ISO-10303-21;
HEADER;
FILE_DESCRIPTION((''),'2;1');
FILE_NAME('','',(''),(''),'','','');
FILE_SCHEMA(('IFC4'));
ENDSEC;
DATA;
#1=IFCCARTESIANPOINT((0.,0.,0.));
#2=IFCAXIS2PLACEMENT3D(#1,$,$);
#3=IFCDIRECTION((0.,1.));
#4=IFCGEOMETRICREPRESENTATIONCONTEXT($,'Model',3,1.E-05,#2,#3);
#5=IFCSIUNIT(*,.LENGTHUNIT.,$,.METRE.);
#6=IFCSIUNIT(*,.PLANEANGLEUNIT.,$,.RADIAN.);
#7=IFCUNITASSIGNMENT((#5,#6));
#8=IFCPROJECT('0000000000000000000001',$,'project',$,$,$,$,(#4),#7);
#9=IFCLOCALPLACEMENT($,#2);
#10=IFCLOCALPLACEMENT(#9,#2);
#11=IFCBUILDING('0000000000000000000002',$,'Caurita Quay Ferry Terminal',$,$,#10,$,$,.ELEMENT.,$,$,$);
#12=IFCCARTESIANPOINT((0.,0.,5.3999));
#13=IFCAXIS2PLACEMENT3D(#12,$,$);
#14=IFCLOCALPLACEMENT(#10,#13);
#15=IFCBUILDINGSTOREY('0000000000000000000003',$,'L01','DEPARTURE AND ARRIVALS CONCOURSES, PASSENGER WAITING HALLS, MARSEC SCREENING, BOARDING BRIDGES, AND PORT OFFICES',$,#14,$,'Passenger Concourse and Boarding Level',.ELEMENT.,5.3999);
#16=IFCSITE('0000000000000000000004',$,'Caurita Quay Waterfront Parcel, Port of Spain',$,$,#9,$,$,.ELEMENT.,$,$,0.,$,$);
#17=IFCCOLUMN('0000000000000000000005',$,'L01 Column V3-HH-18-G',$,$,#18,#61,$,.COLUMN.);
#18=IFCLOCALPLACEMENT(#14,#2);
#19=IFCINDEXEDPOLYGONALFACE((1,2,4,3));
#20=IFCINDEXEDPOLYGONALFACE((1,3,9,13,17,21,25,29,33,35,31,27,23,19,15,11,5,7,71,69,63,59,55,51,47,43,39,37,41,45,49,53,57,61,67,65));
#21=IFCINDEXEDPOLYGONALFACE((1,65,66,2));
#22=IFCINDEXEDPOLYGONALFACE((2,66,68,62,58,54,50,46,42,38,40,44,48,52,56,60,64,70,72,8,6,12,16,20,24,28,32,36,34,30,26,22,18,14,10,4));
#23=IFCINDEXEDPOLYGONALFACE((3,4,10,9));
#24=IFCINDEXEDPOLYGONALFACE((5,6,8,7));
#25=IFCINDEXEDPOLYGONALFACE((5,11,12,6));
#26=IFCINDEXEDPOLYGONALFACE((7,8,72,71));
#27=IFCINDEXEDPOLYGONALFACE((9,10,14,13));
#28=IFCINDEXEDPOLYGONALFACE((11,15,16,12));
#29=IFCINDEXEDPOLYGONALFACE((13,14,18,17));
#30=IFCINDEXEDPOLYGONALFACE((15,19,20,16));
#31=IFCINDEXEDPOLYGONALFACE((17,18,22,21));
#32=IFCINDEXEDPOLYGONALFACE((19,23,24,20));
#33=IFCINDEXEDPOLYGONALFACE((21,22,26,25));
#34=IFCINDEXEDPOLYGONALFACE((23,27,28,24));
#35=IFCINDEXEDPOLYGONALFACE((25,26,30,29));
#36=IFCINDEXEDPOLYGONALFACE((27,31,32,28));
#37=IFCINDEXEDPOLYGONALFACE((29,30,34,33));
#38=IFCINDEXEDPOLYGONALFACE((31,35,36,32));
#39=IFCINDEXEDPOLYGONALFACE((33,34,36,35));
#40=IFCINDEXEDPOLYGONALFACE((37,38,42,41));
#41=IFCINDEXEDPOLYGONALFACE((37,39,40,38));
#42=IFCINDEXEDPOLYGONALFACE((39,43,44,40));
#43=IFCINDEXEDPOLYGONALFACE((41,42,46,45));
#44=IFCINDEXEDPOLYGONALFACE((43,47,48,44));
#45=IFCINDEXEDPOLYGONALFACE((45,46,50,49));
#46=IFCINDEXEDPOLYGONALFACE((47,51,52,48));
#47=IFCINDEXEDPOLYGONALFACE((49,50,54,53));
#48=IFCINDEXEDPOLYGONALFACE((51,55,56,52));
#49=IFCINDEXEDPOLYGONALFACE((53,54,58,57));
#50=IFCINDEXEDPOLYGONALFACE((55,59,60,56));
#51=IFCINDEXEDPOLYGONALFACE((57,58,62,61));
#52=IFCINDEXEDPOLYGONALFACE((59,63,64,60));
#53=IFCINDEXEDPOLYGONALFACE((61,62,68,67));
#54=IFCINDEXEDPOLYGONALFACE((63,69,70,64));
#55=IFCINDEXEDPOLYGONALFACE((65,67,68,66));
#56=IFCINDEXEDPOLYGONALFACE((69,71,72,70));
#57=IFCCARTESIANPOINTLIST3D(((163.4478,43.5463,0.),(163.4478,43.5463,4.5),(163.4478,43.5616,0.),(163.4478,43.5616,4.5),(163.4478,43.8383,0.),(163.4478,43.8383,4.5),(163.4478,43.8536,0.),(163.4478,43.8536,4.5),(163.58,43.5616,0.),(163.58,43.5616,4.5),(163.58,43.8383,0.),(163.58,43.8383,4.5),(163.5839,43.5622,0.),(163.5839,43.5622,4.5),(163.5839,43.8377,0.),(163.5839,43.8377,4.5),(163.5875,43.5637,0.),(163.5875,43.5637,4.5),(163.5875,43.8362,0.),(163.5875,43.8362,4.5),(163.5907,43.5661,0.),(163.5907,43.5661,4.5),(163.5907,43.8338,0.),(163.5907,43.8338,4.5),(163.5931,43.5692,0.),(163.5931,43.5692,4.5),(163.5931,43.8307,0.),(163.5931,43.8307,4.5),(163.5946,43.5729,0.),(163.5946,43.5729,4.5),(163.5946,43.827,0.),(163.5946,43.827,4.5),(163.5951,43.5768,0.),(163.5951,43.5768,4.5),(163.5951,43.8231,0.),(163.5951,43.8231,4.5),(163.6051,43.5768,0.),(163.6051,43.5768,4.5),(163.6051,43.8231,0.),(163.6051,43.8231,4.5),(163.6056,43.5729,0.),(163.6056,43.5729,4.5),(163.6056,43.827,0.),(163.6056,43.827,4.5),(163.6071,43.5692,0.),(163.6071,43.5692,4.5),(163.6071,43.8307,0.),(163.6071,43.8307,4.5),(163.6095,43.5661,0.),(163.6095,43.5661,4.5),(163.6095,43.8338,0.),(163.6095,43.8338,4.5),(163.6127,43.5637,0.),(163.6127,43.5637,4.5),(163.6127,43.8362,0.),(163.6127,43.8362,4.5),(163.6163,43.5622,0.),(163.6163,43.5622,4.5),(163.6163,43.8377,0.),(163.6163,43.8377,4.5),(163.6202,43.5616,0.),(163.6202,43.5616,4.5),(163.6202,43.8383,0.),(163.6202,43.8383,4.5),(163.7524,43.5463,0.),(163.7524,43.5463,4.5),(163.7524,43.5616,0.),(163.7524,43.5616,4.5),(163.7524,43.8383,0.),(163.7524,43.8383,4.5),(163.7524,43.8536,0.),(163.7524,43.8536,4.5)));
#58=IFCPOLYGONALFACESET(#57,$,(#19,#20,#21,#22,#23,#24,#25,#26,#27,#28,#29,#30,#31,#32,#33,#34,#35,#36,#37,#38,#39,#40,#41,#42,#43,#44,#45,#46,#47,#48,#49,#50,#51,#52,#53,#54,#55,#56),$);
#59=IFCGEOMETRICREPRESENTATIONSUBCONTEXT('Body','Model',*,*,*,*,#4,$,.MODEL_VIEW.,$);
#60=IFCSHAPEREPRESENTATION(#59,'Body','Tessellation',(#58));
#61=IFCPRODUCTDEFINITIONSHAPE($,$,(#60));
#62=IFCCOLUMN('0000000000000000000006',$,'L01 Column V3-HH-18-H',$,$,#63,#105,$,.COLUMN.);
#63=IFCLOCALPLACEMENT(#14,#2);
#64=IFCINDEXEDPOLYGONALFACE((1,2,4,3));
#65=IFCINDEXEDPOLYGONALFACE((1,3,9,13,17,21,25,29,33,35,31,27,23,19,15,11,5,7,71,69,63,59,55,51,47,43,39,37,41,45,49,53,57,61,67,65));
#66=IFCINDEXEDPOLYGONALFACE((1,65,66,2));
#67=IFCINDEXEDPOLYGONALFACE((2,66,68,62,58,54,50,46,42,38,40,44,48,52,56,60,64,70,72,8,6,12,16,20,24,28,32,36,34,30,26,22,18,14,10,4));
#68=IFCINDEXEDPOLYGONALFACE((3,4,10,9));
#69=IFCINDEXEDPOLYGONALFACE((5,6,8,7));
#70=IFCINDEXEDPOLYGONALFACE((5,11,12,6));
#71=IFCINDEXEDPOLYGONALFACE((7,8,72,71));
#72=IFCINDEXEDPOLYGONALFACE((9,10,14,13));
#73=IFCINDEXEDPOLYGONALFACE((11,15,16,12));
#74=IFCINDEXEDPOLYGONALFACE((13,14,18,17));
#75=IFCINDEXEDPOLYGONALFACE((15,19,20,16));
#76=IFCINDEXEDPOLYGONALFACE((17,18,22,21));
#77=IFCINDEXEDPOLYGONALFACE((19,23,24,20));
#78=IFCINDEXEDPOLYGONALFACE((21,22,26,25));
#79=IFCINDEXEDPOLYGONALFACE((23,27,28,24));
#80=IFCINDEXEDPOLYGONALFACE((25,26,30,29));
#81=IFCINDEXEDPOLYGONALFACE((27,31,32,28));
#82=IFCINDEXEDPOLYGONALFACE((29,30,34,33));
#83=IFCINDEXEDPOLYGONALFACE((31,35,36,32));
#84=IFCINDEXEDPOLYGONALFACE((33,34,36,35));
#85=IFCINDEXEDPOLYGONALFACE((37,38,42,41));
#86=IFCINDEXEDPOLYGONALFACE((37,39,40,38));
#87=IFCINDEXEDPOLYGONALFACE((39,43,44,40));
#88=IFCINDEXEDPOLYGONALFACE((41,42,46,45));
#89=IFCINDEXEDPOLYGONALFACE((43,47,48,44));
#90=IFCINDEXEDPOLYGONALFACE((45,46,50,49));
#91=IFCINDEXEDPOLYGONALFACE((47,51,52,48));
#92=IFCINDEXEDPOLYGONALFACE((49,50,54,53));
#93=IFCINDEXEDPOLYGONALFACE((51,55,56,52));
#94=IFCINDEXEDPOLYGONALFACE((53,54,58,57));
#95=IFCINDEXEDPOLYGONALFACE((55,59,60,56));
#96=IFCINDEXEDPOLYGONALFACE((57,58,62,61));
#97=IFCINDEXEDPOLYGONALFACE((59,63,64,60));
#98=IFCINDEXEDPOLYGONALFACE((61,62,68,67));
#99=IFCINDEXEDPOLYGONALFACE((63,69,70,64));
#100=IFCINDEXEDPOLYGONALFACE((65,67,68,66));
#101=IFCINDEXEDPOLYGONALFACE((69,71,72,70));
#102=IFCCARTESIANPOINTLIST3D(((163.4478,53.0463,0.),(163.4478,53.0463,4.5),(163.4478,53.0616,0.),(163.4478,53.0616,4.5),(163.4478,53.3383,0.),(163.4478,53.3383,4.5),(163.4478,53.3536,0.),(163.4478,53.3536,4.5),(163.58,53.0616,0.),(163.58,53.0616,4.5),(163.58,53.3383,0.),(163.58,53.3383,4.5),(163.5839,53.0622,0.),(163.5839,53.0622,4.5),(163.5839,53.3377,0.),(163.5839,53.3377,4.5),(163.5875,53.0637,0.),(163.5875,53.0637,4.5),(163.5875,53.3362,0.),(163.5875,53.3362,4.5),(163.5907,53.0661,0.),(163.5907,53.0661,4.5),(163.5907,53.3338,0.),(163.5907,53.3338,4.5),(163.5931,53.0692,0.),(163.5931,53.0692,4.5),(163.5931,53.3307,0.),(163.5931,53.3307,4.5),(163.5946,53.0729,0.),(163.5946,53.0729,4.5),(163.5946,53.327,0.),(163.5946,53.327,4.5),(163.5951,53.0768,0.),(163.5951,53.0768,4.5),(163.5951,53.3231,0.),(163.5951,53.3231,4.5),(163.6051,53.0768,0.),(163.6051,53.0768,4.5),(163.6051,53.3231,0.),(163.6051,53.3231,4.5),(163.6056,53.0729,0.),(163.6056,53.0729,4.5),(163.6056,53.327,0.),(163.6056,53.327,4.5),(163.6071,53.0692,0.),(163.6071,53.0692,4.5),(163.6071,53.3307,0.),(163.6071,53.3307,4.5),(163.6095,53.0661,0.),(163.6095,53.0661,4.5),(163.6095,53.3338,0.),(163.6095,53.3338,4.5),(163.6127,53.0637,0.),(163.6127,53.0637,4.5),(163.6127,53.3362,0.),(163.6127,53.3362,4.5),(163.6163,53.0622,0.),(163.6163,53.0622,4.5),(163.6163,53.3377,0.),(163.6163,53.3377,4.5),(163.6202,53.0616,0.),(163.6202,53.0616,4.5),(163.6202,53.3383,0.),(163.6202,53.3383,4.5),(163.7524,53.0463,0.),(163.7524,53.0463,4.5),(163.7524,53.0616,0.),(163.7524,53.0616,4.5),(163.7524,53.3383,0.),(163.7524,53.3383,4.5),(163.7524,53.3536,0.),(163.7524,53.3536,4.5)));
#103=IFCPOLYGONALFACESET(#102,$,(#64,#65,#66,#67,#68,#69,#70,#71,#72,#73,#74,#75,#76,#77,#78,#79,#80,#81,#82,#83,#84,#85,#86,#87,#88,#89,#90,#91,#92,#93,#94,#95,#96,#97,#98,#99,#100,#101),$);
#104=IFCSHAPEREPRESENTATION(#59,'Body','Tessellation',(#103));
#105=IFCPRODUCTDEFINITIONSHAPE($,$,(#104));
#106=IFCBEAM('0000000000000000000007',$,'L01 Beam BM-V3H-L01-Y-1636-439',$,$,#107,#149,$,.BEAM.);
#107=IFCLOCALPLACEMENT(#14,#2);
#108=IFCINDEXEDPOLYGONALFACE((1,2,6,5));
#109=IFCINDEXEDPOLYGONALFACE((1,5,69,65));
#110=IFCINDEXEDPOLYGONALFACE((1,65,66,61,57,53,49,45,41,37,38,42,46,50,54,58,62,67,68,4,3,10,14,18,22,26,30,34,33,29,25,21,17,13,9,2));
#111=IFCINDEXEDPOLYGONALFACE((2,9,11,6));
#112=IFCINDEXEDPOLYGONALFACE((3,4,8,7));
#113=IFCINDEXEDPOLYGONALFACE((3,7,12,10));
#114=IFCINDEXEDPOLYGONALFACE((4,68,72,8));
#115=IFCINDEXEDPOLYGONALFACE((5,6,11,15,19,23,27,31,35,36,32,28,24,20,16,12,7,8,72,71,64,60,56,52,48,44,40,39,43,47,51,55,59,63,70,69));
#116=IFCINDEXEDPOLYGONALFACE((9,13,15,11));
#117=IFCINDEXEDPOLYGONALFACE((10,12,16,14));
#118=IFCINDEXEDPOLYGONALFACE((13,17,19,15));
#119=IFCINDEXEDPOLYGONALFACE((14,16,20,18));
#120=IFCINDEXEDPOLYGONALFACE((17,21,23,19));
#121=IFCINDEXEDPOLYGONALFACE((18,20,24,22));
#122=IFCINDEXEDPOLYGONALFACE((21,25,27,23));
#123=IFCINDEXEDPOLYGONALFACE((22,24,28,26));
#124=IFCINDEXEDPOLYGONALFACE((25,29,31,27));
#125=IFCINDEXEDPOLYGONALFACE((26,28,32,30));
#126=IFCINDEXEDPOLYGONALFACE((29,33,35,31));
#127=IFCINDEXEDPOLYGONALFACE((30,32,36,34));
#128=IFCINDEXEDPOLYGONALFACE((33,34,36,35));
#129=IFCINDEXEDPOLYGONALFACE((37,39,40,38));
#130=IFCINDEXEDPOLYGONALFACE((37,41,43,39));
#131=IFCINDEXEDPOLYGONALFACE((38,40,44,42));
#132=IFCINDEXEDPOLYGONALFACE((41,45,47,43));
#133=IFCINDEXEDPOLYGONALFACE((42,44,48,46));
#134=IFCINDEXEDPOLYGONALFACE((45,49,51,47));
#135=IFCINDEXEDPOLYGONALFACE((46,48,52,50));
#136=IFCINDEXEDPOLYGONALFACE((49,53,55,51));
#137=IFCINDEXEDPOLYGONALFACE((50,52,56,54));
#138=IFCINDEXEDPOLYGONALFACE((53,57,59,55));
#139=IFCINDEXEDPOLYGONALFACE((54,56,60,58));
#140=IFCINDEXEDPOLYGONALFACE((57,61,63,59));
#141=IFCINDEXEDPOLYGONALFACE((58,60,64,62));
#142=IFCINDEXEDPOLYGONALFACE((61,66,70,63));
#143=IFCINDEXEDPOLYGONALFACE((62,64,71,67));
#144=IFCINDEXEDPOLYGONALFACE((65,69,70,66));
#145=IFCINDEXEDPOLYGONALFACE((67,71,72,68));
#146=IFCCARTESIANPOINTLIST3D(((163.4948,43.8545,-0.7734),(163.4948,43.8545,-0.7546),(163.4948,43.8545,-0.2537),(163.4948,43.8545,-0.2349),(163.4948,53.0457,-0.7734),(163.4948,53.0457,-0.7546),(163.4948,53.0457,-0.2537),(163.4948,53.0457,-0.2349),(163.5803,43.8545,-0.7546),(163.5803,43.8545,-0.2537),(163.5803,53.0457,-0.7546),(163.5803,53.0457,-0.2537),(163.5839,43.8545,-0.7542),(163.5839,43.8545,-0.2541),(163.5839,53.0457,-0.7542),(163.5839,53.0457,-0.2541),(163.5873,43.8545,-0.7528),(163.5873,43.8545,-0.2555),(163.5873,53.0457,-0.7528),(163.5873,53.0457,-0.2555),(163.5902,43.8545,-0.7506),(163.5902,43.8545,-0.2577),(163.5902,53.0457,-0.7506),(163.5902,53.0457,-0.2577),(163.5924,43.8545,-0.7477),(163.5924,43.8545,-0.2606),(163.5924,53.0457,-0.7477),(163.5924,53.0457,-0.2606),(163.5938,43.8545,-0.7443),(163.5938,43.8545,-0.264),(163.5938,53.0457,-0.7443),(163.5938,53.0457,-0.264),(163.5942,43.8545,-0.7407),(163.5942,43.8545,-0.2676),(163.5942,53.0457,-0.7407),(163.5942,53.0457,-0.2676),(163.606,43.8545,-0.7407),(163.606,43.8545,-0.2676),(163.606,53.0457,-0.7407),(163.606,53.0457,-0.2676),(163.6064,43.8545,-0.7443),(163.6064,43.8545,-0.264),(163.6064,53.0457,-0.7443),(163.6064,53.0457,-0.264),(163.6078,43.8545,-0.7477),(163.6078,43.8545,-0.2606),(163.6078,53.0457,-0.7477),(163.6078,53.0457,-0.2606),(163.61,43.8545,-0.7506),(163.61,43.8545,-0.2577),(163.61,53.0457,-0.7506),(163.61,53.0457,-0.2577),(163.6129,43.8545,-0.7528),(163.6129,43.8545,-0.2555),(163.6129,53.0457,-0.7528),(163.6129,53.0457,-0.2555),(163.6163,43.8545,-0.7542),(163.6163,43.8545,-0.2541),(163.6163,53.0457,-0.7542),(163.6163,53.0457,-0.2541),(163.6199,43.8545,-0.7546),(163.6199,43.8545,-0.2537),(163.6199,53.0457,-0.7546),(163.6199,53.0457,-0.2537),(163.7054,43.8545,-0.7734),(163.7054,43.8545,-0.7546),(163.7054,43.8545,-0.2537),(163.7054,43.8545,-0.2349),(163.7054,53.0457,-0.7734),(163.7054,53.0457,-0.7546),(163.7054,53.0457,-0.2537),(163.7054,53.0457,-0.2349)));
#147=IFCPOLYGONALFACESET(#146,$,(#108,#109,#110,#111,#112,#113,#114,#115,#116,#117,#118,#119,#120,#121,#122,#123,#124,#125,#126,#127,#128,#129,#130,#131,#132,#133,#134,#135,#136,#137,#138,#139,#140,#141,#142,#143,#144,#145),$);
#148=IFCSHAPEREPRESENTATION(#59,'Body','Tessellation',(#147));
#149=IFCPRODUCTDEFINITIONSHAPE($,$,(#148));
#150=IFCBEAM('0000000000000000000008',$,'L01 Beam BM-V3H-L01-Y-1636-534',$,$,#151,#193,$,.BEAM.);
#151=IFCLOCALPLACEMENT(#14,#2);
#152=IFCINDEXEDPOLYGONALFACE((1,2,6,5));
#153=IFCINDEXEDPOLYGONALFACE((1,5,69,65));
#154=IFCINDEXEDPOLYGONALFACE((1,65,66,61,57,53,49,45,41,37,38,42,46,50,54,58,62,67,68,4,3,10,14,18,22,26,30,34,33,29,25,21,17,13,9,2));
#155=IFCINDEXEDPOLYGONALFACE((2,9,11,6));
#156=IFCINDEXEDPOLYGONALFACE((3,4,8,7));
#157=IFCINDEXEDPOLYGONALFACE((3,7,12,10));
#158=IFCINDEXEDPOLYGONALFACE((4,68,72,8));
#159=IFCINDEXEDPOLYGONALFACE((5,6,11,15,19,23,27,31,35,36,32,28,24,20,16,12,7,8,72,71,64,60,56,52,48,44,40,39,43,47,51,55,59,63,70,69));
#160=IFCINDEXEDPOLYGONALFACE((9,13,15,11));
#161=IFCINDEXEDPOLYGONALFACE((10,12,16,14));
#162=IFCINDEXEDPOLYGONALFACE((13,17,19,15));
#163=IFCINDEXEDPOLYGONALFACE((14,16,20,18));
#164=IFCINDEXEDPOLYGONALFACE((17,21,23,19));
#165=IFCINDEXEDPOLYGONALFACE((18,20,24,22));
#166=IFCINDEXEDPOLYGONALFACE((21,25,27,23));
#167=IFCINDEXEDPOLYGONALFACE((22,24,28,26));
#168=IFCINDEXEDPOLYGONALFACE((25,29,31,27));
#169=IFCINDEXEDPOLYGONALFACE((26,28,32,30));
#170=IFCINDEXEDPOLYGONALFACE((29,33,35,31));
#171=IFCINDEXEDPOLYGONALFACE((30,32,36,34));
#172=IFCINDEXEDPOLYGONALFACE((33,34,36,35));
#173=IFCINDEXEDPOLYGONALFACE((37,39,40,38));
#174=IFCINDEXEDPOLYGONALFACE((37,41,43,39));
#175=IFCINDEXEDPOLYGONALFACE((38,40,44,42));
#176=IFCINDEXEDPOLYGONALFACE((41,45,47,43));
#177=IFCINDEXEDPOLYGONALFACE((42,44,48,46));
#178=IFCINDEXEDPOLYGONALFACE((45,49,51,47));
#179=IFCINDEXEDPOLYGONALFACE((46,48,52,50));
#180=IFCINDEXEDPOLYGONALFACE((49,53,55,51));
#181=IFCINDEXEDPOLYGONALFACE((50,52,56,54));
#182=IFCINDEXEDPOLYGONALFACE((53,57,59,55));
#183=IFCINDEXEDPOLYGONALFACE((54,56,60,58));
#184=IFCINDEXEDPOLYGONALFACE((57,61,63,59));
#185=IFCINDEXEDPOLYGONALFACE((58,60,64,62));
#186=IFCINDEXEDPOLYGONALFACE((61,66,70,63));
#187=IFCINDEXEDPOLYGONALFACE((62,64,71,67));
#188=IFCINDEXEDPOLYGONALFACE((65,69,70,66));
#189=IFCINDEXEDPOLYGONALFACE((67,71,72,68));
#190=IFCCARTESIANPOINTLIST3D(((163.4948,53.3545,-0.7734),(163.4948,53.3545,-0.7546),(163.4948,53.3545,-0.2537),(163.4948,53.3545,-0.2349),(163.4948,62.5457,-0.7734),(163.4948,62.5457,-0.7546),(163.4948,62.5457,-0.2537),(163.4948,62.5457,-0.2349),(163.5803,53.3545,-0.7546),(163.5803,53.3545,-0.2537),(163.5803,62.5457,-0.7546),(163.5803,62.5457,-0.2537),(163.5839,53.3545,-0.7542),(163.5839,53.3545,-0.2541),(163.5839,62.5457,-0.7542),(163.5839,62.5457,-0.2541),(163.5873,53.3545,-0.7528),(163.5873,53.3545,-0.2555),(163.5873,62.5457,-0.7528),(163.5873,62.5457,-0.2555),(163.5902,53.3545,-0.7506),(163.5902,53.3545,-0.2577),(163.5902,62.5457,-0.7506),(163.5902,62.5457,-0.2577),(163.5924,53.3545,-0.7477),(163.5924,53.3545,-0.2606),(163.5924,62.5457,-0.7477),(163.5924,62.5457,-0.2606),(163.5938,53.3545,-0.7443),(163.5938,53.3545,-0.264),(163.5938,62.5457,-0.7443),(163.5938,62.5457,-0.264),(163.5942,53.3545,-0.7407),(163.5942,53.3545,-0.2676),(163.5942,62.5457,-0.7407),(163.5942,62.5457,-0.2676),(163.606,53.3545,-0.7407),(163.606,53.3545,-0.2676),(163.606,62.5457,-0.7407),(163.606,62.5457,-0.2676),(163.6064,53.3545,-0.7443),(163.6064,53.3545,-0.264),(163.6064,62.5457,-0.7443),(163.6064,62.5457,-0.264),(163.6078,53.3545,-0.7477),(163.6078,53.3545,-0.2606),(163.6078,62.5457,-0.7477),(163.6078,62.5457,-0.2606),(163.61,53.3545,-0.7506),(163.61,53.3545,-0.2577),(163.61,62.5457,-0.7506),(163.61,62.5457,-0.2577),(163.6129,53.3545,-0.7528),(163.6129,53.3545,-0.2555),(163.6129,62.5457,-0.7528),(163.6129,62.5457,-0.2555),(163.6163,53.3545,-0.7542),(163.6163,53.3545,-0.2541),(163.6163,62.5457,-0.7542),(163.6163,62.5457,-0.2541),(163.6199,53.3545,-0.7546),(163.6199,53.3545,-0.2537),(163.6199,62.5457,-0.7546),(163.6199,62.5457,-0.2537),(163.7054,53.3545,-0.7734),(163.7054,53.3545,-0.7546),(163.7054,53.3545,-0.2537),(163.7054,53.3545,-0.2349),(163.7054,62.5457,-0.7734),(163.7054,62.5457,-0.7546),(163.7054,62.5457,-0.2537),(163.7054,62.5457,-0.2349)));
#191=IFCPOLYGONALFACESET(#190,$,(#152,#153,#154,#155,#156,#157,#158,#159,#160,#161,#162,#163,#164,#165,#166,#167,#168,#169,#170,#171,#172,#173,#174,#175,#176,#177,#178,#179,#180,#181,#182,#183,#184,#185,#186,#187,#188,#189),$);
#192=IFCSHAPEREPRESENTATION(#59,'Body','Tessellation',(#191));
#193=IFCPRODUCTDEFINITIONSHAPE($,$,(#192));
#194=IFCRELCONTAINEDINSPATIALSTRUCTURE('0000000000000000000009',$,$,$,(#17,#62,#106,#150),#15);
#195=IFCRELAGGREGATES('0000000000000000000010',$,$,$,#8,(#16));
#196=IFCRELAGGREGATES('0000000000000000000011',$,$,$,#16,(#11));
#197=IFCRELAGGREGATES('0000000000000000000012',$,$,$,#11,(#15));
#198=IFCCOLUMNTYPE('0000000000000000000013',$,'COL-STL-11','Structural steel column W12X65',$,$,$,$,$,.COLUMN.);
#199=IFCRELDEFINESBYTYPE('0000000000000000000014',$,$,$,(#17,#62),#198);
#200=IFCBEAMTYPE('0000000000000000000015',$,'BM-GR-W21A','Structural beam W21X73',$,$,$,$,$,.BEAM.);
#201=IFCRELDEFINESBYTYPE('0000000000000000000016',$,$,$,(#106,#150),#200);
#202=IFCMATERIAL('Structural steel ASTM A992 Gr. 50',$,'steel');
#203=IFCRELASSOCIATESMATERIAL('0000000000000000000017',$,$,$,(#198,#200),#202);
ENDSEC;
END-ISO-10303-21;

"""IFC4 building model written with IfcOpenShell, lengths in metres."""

from ifc_helpers import new_model, si_unit, direction, frame, origin, origin_2d, place, context, subcontext, project, spatial, i_section, extrude, material, material_profile, profile_set, type_object, element, save


model = new_model("IFC4")

# Units and contexts
model_context = context("Model", 3, precision=1e-05, world=origin(), true_north=direction((0.0, 1.0)))
body_context = subcontext(model_context, "Body", "Model", "MODEL_VIEW")
ifc_project = project(units=[si_unit("LENGTHUNIT", "METRE"), si_unit("PLANEANGLEUNIT", "RADIAN")], contexts=[model_context])

# Site, building, storey
site_placement = place(None, origin())
site = spatial("IfcSite", under=ifc_project, at=site_placement, Name="Caurita Quay Waterfront Parcel, Port of Spain", CompositionType="ELEMENT", RefElevation=0.0)
building_placement = place(site_placement, origin())
building = spatial("IfcBuilding", under=site, at=building_placement, Name="Caurita Quay Ferry Terminal", CompositionType="ELEMENT")
storey_placement = place(building_placement, frame((0.0, 0.0, 5.3999)))
storey = spatial("IfcBuildingStorey", under=building, at=storey_placement, Name="L01", Description="DEPARTURE AND ARRIVALS CONCOURSES, PASSENGER WAITING HALLS, MARSEC SCREENING, BOARDING BRIDGES, AND PORT OFFICES", LongName="Passenger Concourse and Boarding Level", CompositionType="ELEMENT", Elevation=5.3999)

# Columns
ifc_material_1 = material(Name="Structural steel ASTM A992 Gr. 50", Category="steel")
ifc_material_profile_1 = material_profile(ifc_material_1, i_section(OverallWidth=0.3047, OverallDepth=0.3074, WebThickness=0.01, FlangeThickness=0.0154, FilletRadius=0.0151, at=origin_2d()), Name="W12X65")
ifc_profile_set_1 = profile_set([ifc_material_profile_1], Name="Structural steel ASTM A992 Gr. 50")
column_type = type_object("IfcColumnType", Name="COL-STL-11", Description="Structural steel column W12X65", PredefinedType="COLUMN", material=ifc_profile_set_1)
for number, where, z_axis, x_axis, name in (
    (1, (163.6001, 43.7, 0.0), (0.0, 0.0, 1.0), (1.0, 0.0, 0.0), "L01 Column V3-HH-18-G"),
    (2, (163.6001, 53.2, 0.0), (0.0, 0.0, 1.0), (1.0, 0.0, 0.0), "L01 Column V3-HH-18-H"),
):
    element("IfcColumn", number, at=place(storey_placement, frame(where, z_axis=z_axis, x_axis=x_axis)), inside=storey, type_object=column_type, Name=name, PredefinedType="COLUMN", context=body_context, shape_type="SweptSolid", body=[
        extrude(i_section(OverallWidth=0.3047, OverallDepth=0.3074, WebThickness=0.01, FlangeThickness=0.0154, FilletRadius=0.0151, at=origin_2d()), origin(), (0.0, 0.0, 1.0), 4.5),
    ])

# Beams
ifc_material_profile_2 = material_profile(ifc_material_1, i_section(OverallWidth=0.2107, OverallDepth=0.5386, WebThickness=0.0117, FlangeThickness=0.0188, FilletRadius=0.0139, at=origin_2d()), Name="W21X73")
ifc_profile_set_2 = profile_set([ifc_material_profile_2], Name="Structural steel ASTM A992 Gr. 50")
beam_type_1 = type_object("IfcBeamType", Name="BM-GR-W21A", Description="Structural beam W21X73", PredefinedType="BEAM", material=ifc_profile_set_2)
for number, where, z_axis, x_axis, name in (
    (3, (163.6001, 43.8545, -0.5042), (0.0, 1.0, 0.0), (-1.0, 0.0, 0.0), "L01 Beam BM-V3H-L01-Y-1636-439"),
    (4, (163.6001, 53.3545, -0.5042), (0.0, 1.0, 0.0), (-1.0, 0.0, 0.0), "L01 Beam BM-V3H-L01-Y-1636-534"),
):
    element("IfcBeam", number, at=place(storey_placement, frame(where, z_axis=z_axis, x_axis=x_axis)), inside=storey, type_object=beam_type_1, Name=name, PredefinedType="BEAM", context=body_context, shape_type="SweptSolid", body=[
        extrude(i_section(OverallWidth=0.2107, OverallDepth=0.5386, WebThickness=0.0117, FlangeThickness=0.0188, FilletRadius=0.0139, at=origin_2d()), origin(), (0.0, 0.0, 1.0), 9.1912),
    ])

save(model, "model.ifc")
